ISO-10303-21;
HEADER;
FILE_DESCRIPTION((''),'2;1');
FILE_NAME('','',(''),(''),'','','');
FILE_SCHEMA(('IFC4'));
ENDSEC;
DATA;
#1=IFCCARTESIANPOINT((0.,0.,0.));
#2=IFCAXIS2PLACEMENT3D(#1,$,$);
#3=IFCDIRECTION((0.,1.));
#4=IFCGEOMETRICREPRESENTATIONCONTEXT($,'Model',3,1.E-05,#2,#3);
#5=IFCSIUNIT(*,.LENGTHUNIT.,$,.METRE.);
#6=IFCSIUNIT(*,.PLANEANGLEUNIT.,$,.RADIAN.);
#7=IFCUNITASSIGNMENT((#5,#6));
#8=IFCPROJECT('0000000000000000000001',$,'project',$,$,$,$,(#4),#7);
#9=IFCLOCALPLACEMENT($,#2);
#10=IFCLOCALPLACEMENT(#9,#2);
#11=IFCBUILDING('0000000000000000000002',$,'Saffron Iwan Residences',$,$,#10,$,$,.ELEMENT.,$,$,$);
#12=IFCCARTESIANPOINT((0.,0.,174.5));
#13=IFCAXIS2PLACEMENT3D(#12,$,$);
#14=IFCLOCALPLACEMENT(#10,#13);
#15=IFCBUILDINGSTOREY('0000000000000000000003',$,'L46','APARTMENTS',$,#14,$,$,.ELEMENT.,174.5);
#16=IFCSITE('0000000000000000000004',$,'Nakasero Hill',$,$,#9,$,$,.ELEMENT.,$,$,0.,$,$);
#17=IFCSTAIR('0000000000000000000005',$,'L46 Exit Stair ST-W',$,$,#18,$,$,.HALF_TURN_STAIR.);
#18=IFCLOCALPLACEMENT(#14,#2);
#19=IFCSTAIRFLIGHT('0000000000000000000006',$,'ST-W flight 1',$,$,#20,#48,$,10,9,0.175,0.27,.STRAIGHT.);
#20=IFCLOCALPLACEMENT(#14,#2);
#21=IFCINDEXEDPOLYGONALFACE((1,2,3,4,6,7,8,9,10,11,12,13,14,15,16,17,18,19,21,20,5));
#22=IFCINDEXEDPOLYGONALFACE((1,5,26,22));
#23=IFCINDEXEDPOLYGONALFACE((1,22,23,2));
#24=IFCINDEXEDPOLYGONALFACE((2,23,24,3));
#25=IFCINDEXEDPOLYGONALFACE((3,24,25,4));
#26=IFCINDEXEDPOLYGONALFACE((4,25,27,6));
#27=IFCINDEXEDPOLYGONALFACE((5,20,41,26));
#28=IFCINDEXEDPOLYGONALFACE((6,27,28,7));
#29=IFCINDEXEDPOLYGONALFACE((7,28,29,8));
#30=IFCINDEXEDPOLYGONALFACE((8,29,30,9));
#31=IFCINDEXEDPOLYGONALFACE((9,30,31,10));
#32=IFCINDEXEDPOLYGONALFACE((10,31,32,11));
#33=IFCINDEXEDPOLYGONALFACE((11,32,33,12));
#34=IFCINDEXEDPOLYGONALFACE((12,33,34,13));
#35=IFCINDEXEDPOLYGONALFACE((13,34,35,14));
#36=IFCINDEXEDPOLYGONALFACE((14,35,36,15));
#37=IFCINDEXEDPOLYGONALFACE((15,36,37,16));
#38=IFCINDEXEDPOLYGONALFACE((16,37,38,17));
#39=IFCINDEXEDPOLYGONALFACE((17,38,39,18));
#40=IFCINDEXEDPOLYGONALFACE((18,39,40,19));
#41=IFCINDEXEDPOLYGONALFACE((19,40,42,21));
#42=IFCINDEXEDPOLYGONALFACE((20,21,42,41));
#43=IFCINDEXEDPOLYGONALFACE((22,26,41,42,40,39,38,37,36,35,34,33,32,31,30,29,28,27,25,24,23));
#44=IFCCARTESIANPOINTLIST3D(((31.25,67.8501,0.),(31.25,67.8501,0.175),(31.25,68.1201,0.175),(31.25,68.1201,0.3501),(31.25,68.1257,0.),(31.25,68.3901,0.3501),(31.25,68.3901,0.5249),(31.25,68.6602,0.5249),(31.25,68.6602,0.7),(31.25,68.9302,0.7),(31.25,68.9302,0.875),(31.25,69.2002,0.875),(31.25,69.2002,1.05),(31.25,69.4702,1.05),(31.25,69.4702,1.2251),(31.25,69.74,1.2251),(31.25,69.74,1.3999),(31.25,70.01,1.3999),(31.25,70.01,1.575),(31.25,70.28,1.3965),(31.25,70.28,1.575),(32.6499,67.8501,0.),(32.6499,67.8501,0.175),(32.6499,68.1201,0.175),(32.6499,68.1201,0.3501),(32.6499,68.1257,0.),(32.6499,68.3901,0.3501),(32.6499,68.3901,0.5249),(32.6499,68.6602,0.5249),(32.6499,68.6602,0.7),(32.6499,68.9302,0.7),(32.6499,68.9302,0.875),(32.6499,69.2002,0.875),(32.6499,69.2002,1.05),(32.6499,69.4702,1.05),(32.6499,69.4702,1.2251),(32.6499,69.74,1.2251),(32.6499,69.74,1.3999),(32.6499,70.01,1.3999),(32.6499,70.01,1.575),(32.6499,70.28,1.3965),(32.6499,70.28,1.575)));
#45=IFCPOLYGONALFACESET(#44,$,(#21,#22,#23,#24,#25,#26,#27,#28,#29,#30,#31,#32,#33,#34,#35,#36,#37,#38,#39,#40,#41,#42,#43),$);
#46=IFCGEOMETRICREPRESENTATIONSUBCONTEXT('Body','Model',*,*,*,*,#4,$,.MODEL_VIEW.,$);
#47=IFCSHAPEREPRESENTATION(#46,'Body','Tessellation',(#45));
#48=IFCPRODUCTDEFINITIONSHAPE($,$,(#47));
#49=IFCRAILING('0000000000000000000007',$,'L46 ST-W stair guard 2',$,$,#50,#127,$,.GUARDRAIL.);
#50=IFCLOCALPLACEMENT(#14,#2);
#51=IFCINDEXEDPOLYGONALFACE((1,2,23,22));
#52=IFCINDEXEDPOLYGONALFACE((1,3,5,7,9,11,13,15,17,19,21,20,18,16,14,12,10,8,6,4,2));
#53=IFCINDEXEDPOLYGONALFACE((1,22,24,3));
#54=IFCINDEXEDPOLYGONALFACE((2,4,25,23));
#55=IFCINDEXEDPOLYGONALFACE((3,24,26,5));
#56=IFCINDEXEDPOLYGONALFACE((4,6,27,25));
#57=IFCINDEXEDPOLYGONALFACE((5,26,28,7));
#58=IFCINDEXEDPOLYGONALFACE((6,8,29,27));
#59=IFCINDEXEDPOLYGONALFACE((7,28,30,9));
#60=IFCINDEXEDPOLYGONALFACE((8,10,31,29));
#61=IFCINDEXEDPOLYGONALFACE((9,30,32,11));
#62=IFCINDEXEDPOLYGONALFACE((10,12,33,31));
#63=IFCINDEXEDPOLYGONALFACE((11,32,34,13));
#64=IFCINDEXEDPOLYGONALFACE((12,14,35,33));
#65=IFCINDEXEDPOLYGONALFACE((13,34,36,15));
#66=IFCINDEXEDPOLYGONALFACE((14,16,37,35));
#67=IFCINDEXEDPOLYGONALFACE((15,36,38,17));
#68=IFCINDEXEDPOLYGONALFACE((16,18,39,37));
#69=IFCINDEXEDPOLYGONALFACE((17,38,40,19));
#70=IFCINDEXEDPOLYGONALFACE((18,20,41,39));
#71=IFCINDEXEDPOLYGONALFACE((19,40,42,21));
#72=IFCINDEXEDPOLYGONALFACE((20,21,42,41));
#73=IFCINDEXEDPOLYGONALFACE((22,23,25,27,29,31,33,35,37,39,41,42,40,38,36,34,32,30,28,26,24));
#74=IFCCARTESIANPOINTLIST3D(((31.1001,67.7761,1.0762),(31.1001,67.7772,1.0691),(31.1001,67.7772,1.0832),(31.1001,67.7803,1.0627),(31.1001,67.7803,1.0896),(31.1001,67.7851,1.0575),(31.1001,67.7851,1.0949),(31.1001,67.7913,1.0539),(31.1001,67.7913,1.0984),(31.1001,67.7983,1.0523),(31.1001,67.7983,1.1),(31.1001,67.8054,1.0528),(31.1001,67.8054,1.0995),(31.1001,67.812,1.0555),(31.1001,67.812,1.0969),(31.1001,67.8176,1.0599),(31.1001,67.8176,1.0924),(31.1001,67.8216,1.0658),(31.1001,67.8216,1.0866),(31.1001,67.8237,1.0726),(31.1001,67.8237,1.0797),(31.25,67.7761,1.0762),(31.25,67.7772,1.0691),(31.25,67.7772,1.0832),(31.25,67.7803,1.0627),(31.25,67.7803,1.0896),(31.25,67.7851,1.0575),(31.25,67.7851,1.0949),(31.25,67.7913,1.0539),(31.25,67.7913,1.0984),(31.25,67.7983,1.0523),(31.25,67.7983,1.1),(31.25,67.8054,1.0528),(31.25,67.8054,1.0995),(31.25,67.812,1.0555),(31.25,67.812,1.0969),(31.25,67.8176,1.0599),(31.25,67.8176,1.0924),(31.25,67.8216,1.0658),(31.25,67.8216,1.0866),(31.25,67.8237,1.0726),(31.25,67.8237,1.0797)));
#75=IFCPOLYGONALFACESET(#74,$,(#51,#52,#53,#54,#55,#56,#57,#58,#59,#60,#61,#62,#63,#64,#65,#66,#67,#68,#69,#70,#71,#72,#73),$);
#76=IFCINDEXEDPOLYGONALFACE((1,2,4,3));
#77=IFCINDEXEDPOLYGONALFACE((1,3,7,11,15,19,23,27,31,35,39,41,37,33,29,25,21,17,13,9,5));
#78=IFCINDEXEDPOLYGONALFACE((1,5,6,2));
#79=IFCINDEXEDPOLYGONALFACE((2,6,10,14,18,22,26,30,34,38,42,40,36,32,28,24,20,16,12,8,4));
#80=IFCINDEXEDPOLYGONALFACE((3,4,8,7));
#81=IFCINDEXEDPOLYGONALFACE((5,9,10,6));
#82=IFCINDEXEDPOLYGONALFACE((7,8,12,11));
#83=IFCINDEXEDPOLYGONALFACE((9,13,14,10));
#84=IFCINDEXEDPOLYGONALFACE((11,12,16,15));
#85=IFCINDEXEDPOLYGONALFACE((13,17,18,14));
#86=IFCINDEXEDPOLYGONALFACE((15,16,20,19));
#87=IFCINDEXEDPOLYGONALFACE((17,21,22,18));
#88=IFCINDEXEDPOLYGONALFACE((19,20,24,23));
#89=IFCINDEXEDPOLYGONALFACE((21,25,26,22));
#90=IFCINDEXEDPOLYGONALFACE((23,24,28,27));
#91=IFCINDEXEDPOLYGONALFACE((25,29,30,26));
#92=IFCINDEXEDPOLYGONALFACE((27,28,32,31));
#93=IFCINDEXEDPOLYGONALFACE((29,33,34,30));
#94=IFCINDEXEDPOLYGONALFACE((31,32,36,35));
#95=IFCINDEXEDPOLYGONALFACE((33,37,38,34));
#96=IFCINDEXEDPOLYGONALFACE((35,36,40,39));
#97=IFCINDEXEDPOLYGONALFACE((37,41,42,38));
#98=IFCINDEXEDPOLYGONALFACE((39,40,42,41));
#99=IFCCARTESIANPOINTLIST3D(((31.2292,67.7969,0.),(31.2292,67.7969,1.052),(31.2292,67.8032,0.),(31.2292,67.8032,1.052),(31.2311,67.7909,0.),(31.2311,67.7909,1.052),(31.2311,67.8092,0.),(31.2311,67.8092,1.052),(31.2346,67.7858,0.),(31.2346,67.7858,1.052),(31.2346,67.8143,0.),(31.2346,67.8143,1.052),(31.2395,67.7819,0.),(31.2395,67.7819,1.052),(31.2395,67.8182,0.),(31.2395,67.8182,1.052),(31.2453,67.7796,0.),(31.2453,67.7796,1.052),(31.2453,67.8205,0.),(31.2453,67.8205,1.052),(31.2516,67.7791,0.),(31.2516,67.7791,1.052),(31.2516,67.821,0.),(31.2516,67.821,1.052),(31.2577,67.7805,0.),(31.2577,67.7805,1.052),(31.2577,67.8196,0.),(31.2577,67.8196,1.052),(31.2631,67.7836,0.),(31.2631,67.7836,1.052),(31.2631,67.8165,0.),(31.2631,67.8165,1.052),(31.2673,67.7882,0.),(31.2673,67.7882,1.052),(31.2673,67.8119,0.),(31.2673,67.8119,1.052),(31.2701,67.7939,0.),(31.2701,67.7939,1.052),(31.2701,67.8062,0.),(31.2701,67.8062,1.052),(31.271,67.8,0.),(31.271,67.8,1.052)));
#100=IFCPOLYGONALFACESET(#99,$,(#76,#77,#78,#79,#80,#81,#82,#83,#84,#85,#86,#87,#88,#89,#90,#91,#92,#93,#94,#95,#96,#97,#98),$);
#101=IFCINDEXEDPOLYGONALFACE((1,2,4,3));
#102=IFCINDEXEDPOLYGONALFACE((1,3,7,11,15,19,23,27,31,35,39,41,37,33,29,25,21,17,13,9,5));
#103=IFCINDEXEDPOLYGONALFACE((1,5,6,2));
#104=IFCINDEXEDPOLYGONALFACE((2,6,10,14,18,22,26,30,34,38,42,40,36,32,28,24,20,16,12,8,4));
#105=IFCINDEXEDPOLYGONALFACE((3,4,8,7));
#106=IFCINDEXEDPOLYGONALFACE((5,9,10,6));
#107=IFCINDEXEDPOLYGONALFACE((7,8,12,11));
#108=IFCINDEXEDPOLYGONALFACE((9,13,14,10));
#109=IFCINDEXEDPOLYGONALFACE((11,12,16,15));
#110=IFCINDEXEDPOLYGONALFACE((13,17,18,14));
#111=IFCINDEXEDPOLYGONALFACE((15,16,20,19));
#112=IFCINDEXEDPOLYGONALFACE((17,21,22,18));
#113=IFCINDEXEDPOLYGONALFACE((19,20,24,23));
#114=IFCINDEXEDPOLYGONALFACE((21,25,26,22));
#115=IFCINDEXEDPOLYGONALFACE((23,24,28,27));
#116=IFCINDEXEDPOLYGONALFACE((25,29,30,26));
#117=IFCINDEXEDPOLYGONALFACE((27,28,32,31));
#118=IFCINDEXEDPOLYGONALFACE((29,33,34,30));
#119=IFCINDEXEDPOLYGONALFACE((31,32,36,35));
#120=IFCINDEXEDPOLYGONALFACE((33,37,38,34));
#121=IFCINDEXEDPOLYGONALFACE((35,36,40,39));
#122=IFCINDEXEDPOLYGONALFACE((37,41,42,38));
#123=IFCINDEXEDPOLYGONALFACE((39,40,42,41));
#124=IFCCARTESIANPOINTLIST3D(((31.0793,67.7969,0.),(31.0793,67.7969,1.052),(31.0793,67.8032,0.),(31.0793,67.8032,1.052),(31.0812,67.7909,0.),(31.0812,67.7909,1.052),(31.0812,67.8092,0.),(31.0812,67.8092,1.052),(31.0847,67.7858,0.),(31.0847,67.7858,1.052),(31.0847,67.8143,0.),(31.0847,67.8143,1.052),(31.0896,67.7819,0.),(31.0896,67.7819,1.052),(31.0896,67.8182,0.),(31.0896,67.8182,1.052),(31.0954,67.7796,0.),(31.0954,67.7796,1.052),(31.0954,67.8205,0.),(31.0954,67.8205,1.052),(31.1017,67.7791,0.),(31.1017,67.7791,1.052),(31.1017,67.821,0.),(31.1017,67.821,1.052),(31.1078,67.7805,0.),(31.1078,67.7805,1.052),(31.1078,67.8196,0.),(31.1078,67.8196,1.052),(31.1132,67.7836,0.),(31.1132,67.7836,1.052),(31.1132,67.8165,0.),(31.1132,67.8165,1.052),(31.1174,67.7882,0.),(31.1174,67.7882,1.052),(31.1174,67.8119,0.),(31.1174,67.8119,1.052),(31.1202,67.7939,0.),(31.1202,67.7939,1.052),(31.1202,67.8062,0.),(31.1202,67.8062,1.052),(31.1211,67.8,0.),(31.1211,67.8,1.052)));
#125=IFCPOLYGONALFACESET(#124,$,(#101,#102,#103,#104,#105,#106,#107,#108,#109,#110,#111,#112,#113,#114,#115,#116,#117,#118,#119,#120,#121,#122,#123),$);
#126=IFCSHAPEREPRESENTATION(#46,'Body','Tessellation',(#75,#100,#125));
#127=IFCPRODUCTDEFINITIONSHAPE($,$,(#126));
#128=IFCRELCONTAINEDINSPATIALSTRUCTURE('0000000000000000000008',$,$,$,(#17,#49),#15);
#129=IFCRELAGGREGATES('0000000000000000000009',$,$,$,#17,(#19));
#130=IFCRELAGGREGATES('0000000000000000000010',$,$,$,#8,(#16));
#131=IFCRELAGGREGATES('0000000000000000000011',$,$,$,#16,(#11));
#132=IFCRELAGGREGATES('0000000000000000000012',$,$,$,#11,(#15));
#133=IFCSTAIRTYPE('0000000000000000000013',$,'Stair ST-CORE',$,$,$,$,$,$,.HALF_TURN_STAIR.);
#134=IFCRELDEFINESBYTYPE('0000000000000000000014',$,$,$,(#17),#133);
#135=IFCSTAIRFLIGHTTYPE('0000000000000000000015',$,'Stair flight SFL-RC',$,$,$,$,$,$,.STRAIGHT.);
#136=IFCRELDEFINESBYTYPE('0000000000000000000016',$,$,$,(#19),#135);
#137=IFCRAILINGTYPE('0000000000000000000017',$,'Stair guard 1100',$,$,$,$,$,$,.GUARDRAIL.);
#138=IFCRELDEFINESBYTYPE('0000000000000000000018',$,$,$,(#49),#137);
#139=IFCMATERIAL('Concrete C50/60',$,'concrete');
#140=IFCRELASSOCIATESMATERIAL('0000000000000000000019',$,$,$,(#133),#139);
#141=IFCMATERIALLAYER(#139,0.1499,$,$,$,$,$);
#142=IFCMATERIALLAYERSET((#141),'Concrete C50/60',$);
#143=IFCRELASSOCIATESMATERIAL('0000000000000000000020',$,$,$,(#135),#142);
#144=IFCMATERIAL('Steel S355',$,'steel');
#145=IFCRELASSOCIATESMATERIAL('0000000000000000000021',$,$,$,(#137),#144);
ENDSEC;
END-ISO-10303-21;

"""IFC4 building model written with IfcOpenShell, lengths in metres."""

from ifc_helpers import new_model, si_unit, direction, frame, origin, origin_2d, place, context, subcontext, project, spatial, polyline, circle, outline, extrude, material, layer, layer_set, type_object, element, aggregate, save


model = new_model("IFC4")

# Units and contexts
model_context = context("Model", 3, precision=1e-05, world=origin(), true_north=direction((0.0, 1.0)))
body_context = subcontext(model_context, "Body", "Model", "MODEL_VIEW")
ifc_project = project(units=[si_unit("LENGTHUNIT", "METRE"), si_unit("PLANEANGLEUNIT", "RADIAN")], contexts=[model_context])

# Site, building, storey
site_placement = place(None, origin())
site = spatial("IfcSite", under=ifc_project, at=site_placement, Name="Nakasero Hill", CompositionType="ELEMENT", RefElevation=0.0)
building_placement = place(site_placement, origin())
building = spatial("IfcBuilding", under=site, at=building_placement, Name="Saffron Iwan Residences", CompositionType="ELEMENT")
storey_placement = place(building_placement, frame((0.0, 0.0, 174.5)))
storey = spatial("IfcBuildingStorey", under=building, at=storey_placement, Name="L46", Description="APARTMENTS", CompositionType="ELEMENT", Elevation=174.5)

# Shared definitions
ifc_material_1 = material(Name="Concrete C50/60", Category="concrete")

# Stair, stair flight
stair_type = type_object("IfcStairType", Name="Stair ST-CORE", PredefinedType="HALF_TURN_STAIR", material=ifc_material_1)
stair_placement = place(storey_placement, origin())
stair = element("IfcStair", 1, at=stair_placement, inside=storey, type_object=stair_type, Name="L46 Exit Stair ST-W", PredefinedType="HALF_TURN_STAIR")
ifc_layer_1 = layer(ifc_material_1, 0.1499)
ifc_layer_set_1 = layer_set([ifc_layer_1], Name="Concrete C50/60")
stair_flight_type = type_object("IfcStairFlightType", Name="Stair flight SFL-RC", PredefinedType="STRAIGHT", material=ifc_layer_set_1)
stair_flight_placement = place(storey_placement, frame((31.95, 67.8501, 0.0), z_axis=(0.0, 0.0, 1.0), x_axis=(0.0, 1.0, 0.0)))
stair_flight = element("IfcStairFlight", 2, at=stair_flight_placement, type_object=stair_flight_type, Name="ST-W flight 1", NumberOfRisers=10, NumberOfTreads=9, PredefinedType="STRAIGHT", RiserHeight=0.175, TreadLength=0.27, context=body_context, shape_type="SweptSolid", body=[
    extrude(outline(polyline([(0.0, 0.0), (0.0, 0.175), (0.27, 0.175), (0.27, 0.3501), (0.54, 0.3501), (0.54, 0.5249), (0.8101, 0.5249), (0.8101, 0.7), (1.0801, 0.7), (1.0801, 0.875), (1.3501, 0.875), (1.3501, 1.05), (1.6201, 1.05), (1.6201, 1.2251), (1.8899, 1.2251), (1.8899, 1.3999), (2.1599, 1.3999), (2.1599, 1.575), (2.4299, 1.575), (2.4299, 1.75), (2.4299, 1.3965), (0.2756, 0.0), (0.0, 0.0)])), frame((0.0, 0.7, 0.0), z_axis=(0.0, -1.0, 0.0), x_axis=(1.0, 0.0, 0.0)), (0.0, 0.0, 1.0), 1.3999),
])
aggregate(stair, [stair_flight])

# Railing
ifc_material_2 = material(Name="Steel S355", Category="steel")
railing_type_1 = type_object("IfcRailingType", Name="Stair guard 1100", PredefinedType="GUARDRAIL", material=ifc_material_2)
railing_1_placement = place(storey_placement, frame((31.25, 67.8, 0.0)))
element("IfcRailing", 3, at=railing_1_placement, inside=storey, type_object=railing_type_1, Name="L46 ST-W stair guard 2", PredefinedType="GUARDRAIL", context=body_context, shape_type="SweptSolid", body=[
    extrude(circle(Radius=0.0239, at=origin_2d()), frame((0.0, 0.0, 1.0762), z_axis=(-1.0, 0.0, 0.0), x_axis=(0.0, -1.0, 0.0)), (0.0, 0.0, 1.0), 0.1499),
    extrude(circle(Radius=0.021, at=origin_2d()), origin(), (0.0, 0.0, 1.0), 1.052),
    extrude(circle(Radius=0.021, at=origin_2d()), frame((-0.1499, 0.0, 0.0)), (0.0, 0.0, 1.0), 1.052),
])

save(model, "model.ifc")
